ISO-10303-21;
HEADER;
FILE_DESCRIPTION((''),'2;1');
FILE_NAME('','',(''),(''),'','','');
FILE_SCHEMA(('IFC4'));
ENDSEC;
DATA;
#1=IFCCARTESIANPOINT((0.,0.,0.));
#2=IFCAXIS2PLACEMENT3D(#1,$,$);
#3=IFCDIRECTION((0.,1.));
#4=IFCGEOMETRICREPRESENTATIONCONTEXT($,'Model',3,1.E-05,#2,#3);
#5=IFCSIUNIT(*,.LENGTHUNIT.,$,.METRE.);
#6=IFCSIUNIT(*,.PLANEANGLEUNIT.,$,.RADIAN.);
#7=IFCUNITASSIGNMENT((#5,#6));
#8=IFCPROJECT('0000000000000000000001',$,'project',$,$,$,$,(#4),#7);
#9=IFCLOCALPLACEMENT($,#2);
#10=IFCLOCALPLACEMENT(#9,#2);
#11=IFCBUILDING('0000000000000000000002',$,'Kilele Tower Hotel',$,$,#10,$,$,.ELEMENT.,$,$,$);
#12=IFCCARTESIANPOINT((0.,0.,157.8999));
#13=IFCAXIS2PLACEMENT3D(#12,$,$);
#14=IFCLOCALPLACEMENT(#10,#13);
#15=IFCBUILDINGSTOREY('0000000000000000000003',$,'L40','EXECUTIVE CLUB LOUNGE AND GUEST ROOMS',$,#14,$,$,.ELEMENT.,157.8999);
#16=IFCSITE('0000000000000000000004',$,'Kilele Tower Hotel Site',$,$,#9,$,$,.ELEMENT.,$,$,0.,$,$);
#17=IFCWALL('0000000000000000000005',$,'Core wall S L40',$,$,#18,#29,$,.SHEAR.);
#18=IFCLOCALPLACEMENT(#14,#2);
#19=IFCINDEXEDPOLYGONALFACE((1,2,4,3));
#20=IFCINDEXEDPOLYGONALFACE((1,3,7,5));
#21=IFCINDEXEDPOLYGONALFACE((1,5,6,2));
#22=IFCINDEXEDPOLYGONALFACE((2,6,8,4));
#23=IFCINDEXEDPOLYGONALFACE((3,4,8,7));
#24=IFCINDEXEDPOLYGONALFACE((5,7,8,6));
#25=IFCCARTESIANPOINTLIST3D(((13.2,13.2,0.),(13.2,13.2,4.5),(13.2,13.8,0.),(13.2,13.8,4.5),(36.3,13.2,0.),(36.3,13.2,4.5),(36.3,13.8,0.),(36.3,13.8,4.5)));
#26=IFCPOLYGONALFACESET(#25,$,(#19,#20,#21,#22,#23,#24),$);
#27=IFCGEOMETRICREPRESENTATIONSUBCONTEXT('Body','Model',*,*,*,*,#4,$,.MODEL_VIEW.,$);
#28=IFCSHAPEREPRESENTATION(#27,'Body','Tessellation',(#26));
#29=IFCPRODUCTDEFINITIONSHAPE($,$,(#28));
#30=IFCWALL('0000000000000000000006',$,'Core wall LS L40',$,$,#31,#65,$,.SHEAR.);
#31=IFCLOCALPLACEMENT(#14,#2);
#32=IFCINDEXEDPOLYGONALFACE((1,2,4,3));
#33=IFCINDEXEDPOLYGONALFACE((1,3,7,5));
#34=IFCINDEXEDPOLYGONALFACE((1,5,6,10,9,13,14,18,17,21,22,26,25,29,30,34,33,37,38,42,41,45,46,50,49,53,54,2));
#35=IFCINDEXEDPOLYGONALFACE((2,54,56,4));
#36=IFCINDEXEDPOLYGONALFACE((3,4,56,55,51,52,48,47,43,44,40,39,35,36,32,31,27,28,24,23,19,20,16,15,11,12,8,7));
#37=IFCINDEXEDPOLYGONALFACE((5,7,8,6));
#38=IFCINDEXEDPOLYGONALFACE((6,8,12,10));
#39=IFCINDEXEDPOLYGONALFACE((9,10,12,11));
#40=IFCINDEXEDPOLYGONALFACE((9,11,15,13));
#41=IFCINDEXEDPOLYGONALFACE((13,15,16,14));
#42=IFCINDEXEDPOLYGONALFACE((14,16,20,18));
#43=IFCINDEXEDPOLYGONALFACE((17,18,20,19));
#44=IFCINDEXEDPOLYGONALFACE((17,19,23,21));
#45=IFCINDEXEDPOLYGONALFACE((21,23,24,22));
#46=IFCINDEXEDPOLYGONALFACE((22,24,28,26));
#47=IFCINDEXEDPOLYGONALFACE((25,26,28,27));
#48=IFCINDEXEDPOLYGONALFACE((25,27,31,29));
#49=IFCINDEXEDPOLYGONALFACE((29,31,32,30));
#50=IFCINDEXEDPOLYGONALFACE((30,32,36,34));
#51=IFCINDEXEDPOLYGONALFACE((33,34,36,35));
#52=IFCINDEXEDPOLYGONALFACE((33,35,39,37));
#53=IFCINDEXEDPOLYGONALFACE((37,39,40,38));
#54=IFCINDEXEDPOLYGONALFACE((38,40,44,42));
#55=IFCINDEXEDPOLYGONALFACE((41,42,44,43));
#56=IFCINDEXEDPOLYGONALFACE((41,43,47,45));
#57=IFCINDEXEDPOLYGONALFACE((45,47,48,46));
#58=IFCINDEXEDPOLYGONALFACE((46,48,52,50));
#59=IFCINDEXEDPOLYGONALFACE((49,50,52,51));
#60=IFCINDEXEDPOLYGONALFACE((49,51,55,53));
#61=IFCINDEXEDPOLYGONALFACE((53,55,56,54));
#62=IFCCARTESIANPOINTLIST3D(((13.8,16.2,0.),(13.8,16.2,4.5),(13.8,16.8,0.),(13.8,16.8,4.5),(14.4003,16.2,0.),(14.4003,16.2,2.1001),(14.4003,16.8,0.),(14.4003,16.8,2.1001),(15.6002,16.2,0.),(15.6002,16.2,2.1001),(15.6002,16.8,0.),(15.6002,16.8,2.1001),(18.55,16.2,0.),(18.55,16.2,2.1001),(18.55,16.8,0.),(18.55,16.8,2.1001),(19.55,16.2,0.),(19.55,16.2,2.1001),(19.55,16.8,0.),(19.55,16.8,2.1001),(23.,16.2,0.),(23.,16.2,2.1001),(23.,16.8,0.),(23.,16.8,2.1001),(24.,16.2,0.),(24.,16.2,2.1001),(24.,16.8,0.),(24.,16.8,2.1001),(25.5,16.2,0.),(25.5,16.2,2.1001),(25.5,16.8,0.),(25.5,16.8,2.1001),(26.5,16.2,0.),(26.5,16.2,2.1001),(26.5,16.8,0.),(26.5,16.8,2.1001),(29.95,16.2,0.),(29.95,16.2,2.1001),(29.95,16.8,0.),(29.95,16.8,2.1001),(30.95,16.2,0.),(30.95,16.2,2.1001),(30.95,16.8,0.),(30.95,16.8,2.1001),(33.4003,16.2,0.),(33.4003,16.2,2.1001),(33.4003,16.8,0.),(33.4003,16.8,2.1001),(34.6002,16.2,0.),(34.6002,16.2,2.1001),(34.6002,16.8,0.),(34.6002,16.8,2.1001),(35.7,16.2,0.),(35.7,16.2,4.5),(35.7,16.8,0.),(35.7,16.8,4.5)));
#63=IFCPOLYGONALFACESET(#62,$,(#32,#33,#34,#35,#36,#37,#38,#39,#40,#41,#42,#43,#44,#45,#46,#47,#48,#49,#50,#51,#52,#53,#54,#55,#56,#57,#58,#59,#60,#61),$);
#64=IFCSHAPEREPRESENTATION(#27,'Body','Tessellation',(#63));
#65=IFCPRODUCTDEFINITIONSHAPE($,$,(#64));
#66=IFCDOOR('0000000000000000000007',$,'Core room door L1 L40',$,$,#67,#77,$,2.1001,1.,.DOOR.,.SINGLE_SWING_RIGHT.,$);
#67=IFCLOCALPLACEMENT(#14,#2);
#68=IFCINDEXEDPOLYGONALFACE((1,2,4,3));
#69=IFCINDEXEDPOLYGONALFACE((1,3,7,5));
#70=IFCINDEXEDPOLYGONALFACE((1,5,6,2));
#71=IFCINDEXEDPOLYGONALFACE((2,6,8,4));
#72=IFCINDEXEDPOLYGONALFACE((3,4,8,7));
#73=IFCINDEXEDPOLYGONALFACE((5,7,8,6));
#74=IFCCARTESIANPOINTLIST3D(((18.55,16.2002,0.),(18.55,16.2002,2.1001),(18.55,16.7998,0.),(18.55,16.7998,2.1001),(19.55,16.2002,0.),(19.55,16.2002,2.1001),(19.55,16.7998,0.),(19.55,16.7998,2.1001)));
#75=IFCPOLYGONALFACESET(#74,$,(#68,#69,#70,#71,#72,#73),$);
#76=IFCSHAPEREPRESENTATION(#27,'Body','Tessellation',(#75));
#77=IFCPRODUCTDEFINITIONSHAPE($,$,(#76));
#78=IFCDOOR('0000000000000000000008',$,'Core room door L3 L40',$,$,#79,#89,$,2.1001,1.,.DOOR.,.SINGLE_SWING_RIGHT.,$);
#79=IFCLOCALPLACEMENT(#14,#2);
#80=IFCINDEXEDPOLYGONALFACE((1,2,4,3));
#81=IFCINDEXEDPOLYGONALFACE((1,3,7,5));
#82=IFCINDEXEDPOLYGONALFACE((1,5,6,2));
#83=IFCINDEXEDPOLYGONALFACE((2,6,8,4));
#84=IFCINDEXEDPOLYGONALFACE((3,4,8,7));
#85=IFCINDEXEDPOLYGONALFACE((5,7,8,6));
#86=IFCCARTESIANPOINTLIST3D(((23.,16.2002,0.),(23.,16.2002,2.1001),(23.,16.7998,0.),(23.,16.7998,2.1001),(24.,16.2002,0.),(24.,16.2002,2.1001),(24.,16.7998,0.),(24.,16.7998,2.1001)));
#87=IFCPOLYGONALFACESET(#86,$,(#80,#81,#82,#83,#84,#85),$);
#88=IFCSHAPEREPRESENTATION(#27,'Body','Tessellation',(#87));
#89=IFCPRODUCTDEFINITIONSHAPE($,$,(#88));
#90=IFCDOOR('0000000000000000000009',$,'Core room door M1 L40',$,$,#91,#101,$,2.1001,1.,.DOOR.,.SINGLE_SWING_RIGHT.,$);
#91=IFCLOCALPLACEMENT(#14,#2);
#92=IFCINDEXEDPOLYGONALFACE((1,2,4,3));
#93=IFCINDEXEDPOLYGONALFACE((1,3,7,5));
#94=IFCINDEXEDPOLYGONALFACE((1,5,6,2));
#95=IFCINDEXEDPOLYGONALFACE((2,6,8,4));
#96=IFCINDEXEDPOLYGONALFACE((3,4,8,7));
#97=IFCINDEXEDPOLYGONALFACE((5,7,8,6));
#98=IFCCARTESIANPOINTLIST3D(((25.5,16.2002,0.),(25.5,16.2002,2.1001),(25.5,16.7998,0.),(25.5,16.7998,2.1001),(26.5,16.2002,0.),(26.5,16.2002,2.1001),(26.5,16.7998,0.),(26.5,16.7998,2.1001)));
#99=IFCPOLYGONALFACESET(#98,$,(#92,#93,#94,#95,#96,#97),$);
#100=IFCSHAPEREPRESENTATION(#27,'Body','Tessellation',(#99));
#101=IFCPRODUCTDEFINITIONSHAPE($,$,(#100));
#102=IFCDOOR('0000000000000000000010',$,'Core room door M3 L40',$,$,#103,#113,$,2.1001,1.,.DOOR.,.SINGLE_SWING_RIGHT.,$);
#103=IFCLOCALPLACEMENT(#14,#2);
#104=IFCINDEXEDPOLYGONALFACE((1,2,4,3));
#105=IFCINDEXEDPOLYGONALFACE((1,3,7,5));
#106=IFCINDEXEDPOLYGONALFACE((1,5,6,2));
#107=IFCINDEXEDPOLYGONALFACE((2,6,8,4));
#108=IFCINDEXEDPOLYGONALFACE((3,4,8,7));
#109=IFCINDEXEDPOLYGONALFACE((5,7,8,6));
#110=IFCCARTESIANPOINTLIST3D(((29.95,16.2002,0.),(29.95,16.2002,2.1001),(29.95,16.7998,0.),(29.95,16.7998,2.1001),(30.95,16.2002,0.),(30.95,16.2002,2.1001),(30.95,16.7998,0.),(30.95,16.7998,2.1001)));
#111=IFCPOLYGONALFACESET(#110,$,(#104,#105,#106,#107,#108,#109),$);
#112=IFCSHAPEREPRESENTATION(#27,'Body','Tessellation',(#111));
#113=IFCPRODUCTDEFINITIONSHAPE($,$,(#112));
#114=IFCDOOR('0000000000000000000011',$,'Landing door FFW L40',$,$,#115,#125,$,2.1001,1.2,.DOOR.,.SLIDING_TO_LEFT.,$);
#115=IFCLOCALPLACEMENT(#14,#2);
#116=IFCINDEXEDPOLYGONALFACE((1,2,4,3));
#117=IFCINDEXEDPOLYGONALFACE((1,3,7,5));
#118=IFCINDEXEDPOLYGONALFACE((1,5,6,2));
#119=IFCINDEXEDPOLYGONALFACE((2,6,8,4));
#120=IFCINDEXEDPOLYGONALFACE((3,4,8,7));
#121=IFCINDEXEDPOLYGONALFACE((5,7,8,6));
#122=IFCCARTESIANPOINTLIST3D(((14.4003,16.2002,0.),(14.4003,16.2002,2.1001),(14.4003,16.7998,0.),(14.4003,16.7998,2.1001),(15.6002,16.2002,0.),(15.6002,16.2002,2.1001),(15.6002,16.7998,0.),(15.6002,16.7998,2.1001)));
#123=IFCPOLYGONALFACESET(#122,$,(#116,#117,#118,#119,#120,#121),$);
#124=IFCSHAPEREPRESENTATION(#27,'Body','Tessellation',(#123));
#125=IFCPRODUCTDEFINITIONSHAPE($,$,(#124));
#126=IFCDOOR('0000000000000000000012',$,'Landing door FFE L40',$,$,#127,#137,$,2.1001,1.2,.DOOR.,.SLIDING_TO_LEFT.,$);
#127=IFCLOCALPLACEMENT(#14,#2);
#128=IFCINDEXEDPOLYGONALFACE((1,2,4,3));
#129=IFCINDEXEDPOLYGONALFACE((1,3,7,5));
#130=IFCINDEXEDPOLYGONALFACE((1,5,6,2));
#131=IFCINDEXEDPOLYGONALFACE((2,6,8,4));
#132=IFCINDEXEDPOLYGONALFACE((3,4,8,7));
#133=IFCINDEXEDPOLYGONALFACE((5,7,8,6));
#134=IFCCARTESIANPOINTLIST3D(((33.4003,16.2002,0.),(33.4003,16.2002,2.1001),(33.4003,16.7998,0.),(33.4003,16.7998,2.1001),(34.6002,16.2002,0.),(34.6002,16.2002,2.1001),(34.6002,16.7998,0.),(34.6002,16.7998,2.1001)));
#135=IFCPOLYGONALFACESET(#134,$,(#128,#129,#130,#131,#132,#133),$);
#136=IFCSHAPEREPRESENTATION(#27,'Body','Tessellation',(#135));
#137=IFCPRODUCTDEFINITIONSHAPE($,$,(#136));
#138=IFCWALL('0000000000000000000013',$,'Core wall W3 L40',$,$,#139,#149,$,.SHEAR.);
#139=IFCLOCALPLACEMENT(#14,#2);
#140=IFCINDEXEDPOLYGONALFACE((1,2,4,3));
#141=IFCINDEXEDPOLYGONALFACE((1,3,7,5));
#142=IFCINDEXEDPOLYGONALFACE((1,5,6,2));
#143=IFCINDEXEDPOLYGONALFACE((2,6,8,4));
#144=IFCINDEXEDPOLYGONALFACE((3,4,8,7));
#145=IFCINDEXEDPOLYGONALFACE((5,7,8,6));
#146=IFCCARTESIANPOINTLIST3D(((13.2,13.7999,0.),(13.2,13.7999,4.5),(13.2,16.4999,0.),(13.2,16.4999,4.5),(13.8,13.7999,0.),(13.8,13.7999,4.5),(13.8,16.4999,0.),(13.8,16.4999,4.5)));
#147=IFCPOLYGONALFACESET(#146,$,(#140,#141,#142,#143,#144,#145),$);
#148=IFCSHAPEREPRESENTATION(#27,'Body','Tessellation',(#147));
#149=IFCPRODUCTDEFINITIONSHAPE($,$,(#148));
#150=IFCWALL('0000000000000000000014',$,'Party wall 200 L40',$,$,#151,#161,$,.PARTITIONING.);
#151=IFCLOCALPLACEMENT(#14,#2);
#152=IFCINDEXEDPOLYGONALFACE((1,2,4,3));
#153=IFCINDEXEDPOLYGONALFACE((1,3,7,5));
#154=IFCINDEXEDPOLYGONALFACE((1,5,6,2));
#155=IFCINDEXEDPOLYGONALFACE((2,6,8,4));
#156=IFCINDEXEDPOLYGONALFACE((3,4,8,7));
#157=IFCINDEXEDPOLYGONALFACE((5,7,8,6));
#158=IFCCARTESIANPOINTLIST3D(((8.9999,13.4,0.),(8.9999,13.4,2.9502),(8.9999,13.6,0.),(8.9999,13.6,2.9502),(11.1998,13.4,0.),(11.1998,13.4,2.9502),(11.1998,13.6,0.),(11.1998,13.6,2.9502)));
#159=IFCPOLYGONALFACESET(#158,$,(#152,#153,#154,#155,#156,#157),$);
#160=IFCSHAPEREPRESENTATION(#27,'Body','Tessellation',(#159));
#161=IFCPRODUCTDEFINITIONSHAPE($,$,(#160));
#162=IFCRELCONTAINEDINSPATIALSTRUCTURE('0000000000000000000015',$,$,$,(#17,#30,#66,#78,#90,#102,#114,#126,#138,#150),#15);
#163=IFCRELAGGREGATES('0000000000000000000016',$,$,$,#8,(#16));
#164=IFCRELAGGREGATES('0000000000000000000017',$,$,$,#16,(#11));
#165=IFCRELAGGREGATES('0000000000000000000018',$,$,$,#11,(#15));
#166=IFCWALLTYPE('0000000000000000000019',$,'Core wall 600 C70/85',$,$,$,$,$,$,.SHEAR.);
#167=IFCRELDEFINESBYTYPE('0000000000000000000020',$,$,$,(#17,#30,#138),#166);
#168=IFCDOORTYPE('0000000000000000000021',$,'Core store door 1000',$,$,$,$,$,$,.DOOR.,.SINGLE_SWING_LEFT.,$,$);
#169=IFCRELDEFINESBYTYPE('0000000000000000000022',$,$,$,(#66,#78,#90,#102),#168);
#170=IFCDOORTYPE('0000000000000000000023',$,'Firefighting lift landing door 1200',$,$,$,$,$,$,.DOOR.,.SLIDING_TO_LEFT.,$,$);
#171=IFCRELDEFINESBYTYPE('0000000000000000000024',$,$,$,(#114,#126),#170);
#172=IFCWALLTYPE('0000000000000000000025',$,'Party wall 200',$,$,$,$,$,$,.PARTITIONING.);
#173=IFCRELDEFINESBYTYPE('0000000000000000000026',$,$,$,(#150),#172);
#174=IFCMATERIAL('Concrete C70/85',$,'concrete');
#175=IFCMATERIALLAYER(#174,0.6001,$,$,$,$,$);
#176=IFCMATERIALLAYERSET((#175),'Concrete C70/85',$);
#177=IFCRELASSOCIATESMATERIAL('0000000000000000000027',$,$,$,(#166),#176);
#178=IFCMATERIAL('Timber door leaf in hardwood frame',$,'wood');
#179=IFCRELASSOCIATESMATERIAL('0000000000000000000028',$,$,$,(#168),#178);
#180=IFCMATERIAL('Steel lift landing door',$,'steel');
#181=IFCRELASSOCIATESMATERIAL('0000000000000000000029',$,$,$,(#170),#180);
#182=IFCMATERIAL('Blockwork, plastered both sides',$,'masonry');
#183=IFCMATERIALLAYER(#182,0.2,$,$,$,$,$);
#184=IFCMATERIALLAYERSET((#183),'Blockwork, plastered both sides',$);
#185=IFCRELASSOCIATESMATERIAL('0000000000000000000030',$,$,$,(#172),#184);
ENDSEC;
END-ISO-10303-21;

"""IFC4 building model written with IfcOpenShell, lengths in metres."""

from ifc_helpers import new_model, si_unit, direction, frame, frame_2d, origin, place, context, subcontext, project, spatial, rectangle, extrude, material, layer, layer_set, type_object, element, fill, save


model = new_model("IFC4")

# Units and contexts
model_context = context("Model", 3, precision=1e-05, world=origin(), true_north=direction((0.0, 1.0)))
body_context = subcontext(model_context, "Body", "Model", "MODEL_VIEW")
ifc_project = project(units=[si_unit("LENGTHUNIT", "METRE"), si_unit("PLANEANGLEUNIT", "RADIAN")], contexts=[model_context])

# Site, building, storey
site_placement = place(None, origin())
site = spatial("IfcSite", under=ifc_project, at=site_placement, Name="Kilele Tower Hotel Site", CompositionType="ELEMENT", RefElevation=0.0)
building_placement = place(site_placement, origin())
building = spatial("IfcBuilding", under=site, at=building_placement, Name="Kilele Tower Hotel", CompositionType="ELEMENT")
storey_placement = place(building_placement, frame((0.0, 0.0, 157.8999)))
storey = spatial("IfcBuildingStorey", under=building, at=storey_placement, Name="L40", Description="EXECUTIVE CLUB LOUNGE AND GUEST ROOMS", CompositionType="ELEMENT", Elevation=157.8999)

# Wall
ifc_material_1 = material(Name="Concrete C70/85", Category="concrete")
ifc_layer_1 = layer(ifc_material_1, 0.6001)
ifc_layer_set_1 = layer_set([ifc_layer_1], Name="Concrete C70/85")
wall_type_1 = type_object("IfcWallType", Name="Core wall 600 C70/85", PredefinedType="SHEAR", material=ifc_layer_set_1)
wall_1_placement = place(storey_placement, frame((13.2, 13.5, 0.0), z_axis=(0.0, 0.0, 1.0), x_axis=(1.0, 0.0, 0.0)))
element("IfcWall", 1, at=wall_1_placement, inside=storey, type_object=wall_type_1, Name="Core wall S L40", PredefinedType="SHEAR", context=body_context, shape_type="SweptSolid", body=[
    extrude(rectangle(XDim=23.1001, YDim=0.6001, at=frame_2d((11.55, 0.0))), origin(), (0.0, 0.0, 1.0), 4.5),
])

# Wall, openings, doors
wall_2_placement = place(storey_placement, frame((13.8, 16.5, 0.0), z_axis=(0.0, 0.0, 1.0), x_axis=(1.0, 0.0, 0.0)))
wall_2 = element("IfcWall", 2, at=wall_2_placement, inside=storey, type_object=wall_type_1, Name="Core wall LS L40", PredefinedType="SHEAR", context=body_context, shape_type="SweptSolid", body=[
    extrude(rectangle(XDim=21.8999, YDim=0.6001, at=frame_2d((10.95, 0.0))), origin(), (0.0, 0.0, 1.0), 4.5),
])
opening_1_placement = place(wall_2_placement, frame((5.75, 0.0, 0.0), z_axis=(0.0, 0.0, 1.0), x_axis=(-1.0, 0.0, 0.0)))
opening_1 = element("IfcOpeningElement", 3, at=opening_1_placement, cuts=wall_2, PredefinedType="OPENING", context=body_context, shape_type="SweptSolid", body=[
    extrude(rectangle(XDim=1.0, YDim=2.1001, at=frame_2d((0.5, 1.05))), frame((0.0, 0.3101, 0.0), z_axis=(0.0, -1.0, 0.0), x_axis=(1.0, 0.0, 0.0)), (0.0, 0.0, 1.0), 0.6201),
])
opening_2_placement = place(wall_2_placement, frame((10.2, 0.0, 0.0), z_axis=(0.0, 0.0, 1.0), x_axis=(-1.0, 0.0, 0.0)))
opening_2 = element("IfcOpeningElement", 4, at=opening_2_placement, cuts=wall_2, PredefinedType="OPENING", context=body_context, shape_type="SweptSolid", body=[
    extrude(rectangle(XDim=1.0, YDim=2.1001, at=frame_2d((0.5, 1.05))), frame((0.0, 0.3101, 0.0), z_axis=(0.0, -1.0, 0.0), x_axis=(1.0, 0.0, 0.0)), (0.0, 0.0, 1.0), 0.6201),
])
opening_3_placement = place(wall_2_placement, frame((12.7, 0.0, 0.0), z_axis=(0.0, 0.0, 1.0), x_axis=(-1.0, 0.0, 0.0)))
opening_3 = element("IfcOpeningElement", 5, at=opening_3_placement, cuts=wall_2, PredefinedType="OPENING", context=body_context, shape_type="SweptSolid", body=[
    extrude(rectangle(XDim=1.0, YDim=2.1001, at=frame_2d((0.5, 1.05))), frame((0.0, 0.3101, 0.0), z_axis=(0.0, -1.0, 0.0), x_axis=(1.0, 0.0, 0.0)), (0.0, 0.0, 1.0), 0.6201),
])
opening_4_placement = place(wall_2_placement, frame((17.1499, 0.0, 0.0), z_axis=(0.0, 0.0, 1.0), x_axis=(-1.0, 0.0, 0.0)))
opening_4 = element("IfcOpeningElement", 6, at=opening_4_placement, cuts=wall_2, PredefinedType="OPENING", context=body_context, shape_type="SweptSolid", body=[
    extrude(rectangle(XDim=1.0, YDim=2.1001, at=frame_2d((0.5, 1.05))), frame((0.0, 0.3101, 0.0), z_axis=(0.0, -1.0, 0.0), x_axis=(1.0, 0.0, 0.0)), (0.0, 0.0, 1.0), 0.6201),
])
opening_5_placement = place(wall_2_placement, frame((0.6001, 0.0, 0.0)))
opening_5 = element("IfcOpeningElement", 7, at=opening_5_placement, cuts=wall_2, PredefinedType="OPENING", context=body_context, shape_type="SweptSolid", body=[
    extrude(rectangle(XDim=1.2, YDim=2.1001, at=frame_2d((0.6001, 1.05))), frame((0.0, 0.3101, 0.0), z_axis=(0.0, -1.0, 0.0), x_axis=(1.0, 0.0, 0.0)), (0.0, 0.0, 1.0), 0.6201),
])
opening_6_placement = place(wall_2_placement, frame((19.6001, 0.0, 0.0)))
opening_6 = element("IfcOpeningElement", 8, at=opening_6_placement, cuts=wall_2, PredefinedType="OPENING", context=body_context, shape_type="SweptSolid", body=[
    extrude(rectangle(XDim=1.2, YDim=2.1001, at=frame_2d((0.6001, 1.05))), frame((0.0, 0.3101, 0.0), z_axis=(0.0, -1.0, 0.0), x_axis=(1.0, 0.0, 0.0)), (0.0, 0.0, 1.0), 0.6201),
])
ifc_material_2 = material(Name="Timber door leaf in hardwood frame", Category="wood")
door_type_1 = type_object("IfcDoorType", Name="Core store door 1000", OperationType="SINGLE_SWING_LEFT", PredefinedType="DOOR", material=ifc_material_2)
door_1_placement = place(opening_1_placement, origin())
door_1 = element("IfcDoor", 9, at=door_1_placement, inside=storey, type_object=door_type_1, Name="Core room door L1 L40", OperationType="SINGLE_SWING_RIGHT", OverallHeight=2.1001, OverallWidth=1.0, PredefinedType="DOOR", context=body_context, shape_type="SweptSolid", body=[
    extrude(rectangle(XDim=1.0, YDim=2.1001, at=frame_2d((0.5, 1.05))), frame((0.0, 0.2998, 0.0), z_axis=(0.0, -1.0, 0.0), x_axis=(1.0, 0.0, 0.0)), (0.0, 0.0, 1.0), 0.5996),
])
fill(opening_1, door_1)
door_2_placement = place(opening_2_placement, origin())
door_2 = element("IfcDoor", 10, at=door_2_placement, inside=storey, type_object=door_type_1, Name="Core room door L3 L40", OperationType="SINGLE_SWING_RIGHT", OverallHeight=2.1001, OverallWidth=1.0, PredefinedType="DOOR", context=body_context, shape_type="SweptSolid", body=[
    extrude(rectangle(XDim=1.0, YDim=2.1001, at=frame_2d((0.5, 1.05))), frame((0.0, 0.2998, 0.0), z_axis=(0.0, -1.0, 0.0), x_axis=(1.0, 0.0, 0.0)), (0.0, 0.0, 1.0), 0.5996),
])
fill(opening_2, door_2)
door_3_placement = place(opening_3_placement, origin())
door_3 = element("IfcDoor", 11, at=door_3_placement, inside=storey, type_object=door_type_1, Name="Core room door M1 L40", OperationType="SINGLE_SWING_RIGHT", OverallHeight=2.1001, OverallWidth=1.0, PredefinedType="DOOR", context=body_context, shape_type="SweptSolid", body=[
    extrude(rectangle(XDim=1.0, YDim=2.1001, at=frame_2d((0.5, 1.05))), frame((0.0, 0.2998, 0.0), z_axis=(0.0, -1.0, 0.0), x_axis=(1.0, 0.0, 0.0)), (0.0, 0.0, 1.0), 0.5996),
])
fill(opening_3, door_3)
door_4_placement = place(opening_4_placement, origin())
door_4 = element("IfcDoor", 12, at=door_4_placement, inside=storey, type_object=door_type_1, Name="Core room door M3 L40", OperationType="SINGLE_SWING_RIGHT", OverallHeight=2.1001, OverallWidth=1.0, PredefinedType="DOOR", context=body_context, shape_type="SweptSolid", body=[
    extrude(rectangle(XDim=1.0, YDim=2.1001, at=frame_2d((0.5, 1.05))), frame((0.0, 0.2998, 0.0), z_axis=(0.0, -1.0, 0.0), x_axis=(1.0, 0.0, 0.0)), (0.0, 0.0, 1.0), 0.5996),
])
fill(opening_4, door_4)
ifc_material_3 = material(Name="Steel lift landing door", Category="steel")
door_type_2 = type_object("IfcDoorType", Name="Firefighting lift landing door 1200", OperationType="SLIDING_TO_LEFT", PredefinedType="DOOR", material=ifc_material_3)
door_5_placement = place(opening_5_placement, origin())
door_5 = element("IfcDoor", 13, at=door_5_placement, inside=storey, type_object=door_type_2, Name="Landing door FFW L40", OperationType="SLIDING_TO_LEFT", OverallHeight=2.1001, OverallWidth=1.2, PredefinedType="DOOR", context=body_context, shape_type="SweptSolid", body=[
    extrude(rectangle(XDim=1.2, YDim=2.1001, at=frame_2d((0.6001, 1.05))), frame((0.0, 0.2998, 0.0), z_axis=(0.0, -1.0, 0.0), x_axis=(1.0, 0.0, 0.0)), (0.0, 0.0, 1.0), 0.5996),
])
fill(opening_5, door_5)
door_6_placement = place(opening_6_placement, origin())
door_6 = element("IfcDoor", 14, at=door_6_placement, inside=storey, type_object=door_type_2, Name="Landing door FFE L40", OperationType="SLIDING_TO_LEFT", OverallHeight=2.1001, OverallWidth=1.2, PredefinedType="DOOR", context=body_context, shape_type="SweptSolid", body=[
    extrude(rectangle(XDim=1.2, YDim=2.1001, at=frame_2d((0.6001, 1.05))), frame((0.0, 0.2998, 0.0), z_axis=(0.0, -1.0, 0.0), x_axis=(1.0, 0.0, 0.0)), (0.0, 0.0, 1.0), 0.5996),
])
fill(opening_6, door_6)

# Walls
wall_3_placement = place(storey_placement, frame((13.5, 16.5, 0.0), z_axis=(0.0, 0.0, 1.0), x_axis=(0.0, -1.0, 0.0)))
element("IfcWall", 15, at=wall_3_placement, inside=storey, type_object=wall_type_1, Name="Core wall W3 L40", PredefinedType="SHEAR", context=body_context, shape_type="SweptSolid", body=[
    extrude(rectangle(XDim=2.7, YDim=0.6001, at=frame_2d((1.3501, 0.0))), origin(), (0.0, 0.0, 1.0), 4.5),
])
ifc_material_4 = material(Name="Blockwork, plastered both sides", Category="masonry")
ifc_layer_2 = layer(ifc_material_4, 0.2)
ifc_layer_set_2 = layer_set([ifc_layer_2], Name="Blockwork, plastered both sides")
wall_type_2 = type_object("IfcWallType", Name="Party wall 200", PredefinedType="PARTITIONING", material=ifc_layer_set_2)
wall_4_placement = place(storey_placement, frame((11.2, 13.5, 0.0), z_axis=(0.0, 0.0, 1.0), x_axis=(-1.0, 0.0, 0.0)))
element("IfcWall", 16, at=wall_4_placement, inside=storey, type_object=wall_type_2, Name="Party wall 200 L40", PredefinedType="PARTITIONING", context=body_context, shape_type="SweptSolid", body=[
    extrude(rectangle(XDim=2.2, YDim=0.2, at=frame_2d((1.1001, 0.0))), origin(), (0.0, 0.0, 1.0), 2.9502),
])

save(model, "model.ifc")
